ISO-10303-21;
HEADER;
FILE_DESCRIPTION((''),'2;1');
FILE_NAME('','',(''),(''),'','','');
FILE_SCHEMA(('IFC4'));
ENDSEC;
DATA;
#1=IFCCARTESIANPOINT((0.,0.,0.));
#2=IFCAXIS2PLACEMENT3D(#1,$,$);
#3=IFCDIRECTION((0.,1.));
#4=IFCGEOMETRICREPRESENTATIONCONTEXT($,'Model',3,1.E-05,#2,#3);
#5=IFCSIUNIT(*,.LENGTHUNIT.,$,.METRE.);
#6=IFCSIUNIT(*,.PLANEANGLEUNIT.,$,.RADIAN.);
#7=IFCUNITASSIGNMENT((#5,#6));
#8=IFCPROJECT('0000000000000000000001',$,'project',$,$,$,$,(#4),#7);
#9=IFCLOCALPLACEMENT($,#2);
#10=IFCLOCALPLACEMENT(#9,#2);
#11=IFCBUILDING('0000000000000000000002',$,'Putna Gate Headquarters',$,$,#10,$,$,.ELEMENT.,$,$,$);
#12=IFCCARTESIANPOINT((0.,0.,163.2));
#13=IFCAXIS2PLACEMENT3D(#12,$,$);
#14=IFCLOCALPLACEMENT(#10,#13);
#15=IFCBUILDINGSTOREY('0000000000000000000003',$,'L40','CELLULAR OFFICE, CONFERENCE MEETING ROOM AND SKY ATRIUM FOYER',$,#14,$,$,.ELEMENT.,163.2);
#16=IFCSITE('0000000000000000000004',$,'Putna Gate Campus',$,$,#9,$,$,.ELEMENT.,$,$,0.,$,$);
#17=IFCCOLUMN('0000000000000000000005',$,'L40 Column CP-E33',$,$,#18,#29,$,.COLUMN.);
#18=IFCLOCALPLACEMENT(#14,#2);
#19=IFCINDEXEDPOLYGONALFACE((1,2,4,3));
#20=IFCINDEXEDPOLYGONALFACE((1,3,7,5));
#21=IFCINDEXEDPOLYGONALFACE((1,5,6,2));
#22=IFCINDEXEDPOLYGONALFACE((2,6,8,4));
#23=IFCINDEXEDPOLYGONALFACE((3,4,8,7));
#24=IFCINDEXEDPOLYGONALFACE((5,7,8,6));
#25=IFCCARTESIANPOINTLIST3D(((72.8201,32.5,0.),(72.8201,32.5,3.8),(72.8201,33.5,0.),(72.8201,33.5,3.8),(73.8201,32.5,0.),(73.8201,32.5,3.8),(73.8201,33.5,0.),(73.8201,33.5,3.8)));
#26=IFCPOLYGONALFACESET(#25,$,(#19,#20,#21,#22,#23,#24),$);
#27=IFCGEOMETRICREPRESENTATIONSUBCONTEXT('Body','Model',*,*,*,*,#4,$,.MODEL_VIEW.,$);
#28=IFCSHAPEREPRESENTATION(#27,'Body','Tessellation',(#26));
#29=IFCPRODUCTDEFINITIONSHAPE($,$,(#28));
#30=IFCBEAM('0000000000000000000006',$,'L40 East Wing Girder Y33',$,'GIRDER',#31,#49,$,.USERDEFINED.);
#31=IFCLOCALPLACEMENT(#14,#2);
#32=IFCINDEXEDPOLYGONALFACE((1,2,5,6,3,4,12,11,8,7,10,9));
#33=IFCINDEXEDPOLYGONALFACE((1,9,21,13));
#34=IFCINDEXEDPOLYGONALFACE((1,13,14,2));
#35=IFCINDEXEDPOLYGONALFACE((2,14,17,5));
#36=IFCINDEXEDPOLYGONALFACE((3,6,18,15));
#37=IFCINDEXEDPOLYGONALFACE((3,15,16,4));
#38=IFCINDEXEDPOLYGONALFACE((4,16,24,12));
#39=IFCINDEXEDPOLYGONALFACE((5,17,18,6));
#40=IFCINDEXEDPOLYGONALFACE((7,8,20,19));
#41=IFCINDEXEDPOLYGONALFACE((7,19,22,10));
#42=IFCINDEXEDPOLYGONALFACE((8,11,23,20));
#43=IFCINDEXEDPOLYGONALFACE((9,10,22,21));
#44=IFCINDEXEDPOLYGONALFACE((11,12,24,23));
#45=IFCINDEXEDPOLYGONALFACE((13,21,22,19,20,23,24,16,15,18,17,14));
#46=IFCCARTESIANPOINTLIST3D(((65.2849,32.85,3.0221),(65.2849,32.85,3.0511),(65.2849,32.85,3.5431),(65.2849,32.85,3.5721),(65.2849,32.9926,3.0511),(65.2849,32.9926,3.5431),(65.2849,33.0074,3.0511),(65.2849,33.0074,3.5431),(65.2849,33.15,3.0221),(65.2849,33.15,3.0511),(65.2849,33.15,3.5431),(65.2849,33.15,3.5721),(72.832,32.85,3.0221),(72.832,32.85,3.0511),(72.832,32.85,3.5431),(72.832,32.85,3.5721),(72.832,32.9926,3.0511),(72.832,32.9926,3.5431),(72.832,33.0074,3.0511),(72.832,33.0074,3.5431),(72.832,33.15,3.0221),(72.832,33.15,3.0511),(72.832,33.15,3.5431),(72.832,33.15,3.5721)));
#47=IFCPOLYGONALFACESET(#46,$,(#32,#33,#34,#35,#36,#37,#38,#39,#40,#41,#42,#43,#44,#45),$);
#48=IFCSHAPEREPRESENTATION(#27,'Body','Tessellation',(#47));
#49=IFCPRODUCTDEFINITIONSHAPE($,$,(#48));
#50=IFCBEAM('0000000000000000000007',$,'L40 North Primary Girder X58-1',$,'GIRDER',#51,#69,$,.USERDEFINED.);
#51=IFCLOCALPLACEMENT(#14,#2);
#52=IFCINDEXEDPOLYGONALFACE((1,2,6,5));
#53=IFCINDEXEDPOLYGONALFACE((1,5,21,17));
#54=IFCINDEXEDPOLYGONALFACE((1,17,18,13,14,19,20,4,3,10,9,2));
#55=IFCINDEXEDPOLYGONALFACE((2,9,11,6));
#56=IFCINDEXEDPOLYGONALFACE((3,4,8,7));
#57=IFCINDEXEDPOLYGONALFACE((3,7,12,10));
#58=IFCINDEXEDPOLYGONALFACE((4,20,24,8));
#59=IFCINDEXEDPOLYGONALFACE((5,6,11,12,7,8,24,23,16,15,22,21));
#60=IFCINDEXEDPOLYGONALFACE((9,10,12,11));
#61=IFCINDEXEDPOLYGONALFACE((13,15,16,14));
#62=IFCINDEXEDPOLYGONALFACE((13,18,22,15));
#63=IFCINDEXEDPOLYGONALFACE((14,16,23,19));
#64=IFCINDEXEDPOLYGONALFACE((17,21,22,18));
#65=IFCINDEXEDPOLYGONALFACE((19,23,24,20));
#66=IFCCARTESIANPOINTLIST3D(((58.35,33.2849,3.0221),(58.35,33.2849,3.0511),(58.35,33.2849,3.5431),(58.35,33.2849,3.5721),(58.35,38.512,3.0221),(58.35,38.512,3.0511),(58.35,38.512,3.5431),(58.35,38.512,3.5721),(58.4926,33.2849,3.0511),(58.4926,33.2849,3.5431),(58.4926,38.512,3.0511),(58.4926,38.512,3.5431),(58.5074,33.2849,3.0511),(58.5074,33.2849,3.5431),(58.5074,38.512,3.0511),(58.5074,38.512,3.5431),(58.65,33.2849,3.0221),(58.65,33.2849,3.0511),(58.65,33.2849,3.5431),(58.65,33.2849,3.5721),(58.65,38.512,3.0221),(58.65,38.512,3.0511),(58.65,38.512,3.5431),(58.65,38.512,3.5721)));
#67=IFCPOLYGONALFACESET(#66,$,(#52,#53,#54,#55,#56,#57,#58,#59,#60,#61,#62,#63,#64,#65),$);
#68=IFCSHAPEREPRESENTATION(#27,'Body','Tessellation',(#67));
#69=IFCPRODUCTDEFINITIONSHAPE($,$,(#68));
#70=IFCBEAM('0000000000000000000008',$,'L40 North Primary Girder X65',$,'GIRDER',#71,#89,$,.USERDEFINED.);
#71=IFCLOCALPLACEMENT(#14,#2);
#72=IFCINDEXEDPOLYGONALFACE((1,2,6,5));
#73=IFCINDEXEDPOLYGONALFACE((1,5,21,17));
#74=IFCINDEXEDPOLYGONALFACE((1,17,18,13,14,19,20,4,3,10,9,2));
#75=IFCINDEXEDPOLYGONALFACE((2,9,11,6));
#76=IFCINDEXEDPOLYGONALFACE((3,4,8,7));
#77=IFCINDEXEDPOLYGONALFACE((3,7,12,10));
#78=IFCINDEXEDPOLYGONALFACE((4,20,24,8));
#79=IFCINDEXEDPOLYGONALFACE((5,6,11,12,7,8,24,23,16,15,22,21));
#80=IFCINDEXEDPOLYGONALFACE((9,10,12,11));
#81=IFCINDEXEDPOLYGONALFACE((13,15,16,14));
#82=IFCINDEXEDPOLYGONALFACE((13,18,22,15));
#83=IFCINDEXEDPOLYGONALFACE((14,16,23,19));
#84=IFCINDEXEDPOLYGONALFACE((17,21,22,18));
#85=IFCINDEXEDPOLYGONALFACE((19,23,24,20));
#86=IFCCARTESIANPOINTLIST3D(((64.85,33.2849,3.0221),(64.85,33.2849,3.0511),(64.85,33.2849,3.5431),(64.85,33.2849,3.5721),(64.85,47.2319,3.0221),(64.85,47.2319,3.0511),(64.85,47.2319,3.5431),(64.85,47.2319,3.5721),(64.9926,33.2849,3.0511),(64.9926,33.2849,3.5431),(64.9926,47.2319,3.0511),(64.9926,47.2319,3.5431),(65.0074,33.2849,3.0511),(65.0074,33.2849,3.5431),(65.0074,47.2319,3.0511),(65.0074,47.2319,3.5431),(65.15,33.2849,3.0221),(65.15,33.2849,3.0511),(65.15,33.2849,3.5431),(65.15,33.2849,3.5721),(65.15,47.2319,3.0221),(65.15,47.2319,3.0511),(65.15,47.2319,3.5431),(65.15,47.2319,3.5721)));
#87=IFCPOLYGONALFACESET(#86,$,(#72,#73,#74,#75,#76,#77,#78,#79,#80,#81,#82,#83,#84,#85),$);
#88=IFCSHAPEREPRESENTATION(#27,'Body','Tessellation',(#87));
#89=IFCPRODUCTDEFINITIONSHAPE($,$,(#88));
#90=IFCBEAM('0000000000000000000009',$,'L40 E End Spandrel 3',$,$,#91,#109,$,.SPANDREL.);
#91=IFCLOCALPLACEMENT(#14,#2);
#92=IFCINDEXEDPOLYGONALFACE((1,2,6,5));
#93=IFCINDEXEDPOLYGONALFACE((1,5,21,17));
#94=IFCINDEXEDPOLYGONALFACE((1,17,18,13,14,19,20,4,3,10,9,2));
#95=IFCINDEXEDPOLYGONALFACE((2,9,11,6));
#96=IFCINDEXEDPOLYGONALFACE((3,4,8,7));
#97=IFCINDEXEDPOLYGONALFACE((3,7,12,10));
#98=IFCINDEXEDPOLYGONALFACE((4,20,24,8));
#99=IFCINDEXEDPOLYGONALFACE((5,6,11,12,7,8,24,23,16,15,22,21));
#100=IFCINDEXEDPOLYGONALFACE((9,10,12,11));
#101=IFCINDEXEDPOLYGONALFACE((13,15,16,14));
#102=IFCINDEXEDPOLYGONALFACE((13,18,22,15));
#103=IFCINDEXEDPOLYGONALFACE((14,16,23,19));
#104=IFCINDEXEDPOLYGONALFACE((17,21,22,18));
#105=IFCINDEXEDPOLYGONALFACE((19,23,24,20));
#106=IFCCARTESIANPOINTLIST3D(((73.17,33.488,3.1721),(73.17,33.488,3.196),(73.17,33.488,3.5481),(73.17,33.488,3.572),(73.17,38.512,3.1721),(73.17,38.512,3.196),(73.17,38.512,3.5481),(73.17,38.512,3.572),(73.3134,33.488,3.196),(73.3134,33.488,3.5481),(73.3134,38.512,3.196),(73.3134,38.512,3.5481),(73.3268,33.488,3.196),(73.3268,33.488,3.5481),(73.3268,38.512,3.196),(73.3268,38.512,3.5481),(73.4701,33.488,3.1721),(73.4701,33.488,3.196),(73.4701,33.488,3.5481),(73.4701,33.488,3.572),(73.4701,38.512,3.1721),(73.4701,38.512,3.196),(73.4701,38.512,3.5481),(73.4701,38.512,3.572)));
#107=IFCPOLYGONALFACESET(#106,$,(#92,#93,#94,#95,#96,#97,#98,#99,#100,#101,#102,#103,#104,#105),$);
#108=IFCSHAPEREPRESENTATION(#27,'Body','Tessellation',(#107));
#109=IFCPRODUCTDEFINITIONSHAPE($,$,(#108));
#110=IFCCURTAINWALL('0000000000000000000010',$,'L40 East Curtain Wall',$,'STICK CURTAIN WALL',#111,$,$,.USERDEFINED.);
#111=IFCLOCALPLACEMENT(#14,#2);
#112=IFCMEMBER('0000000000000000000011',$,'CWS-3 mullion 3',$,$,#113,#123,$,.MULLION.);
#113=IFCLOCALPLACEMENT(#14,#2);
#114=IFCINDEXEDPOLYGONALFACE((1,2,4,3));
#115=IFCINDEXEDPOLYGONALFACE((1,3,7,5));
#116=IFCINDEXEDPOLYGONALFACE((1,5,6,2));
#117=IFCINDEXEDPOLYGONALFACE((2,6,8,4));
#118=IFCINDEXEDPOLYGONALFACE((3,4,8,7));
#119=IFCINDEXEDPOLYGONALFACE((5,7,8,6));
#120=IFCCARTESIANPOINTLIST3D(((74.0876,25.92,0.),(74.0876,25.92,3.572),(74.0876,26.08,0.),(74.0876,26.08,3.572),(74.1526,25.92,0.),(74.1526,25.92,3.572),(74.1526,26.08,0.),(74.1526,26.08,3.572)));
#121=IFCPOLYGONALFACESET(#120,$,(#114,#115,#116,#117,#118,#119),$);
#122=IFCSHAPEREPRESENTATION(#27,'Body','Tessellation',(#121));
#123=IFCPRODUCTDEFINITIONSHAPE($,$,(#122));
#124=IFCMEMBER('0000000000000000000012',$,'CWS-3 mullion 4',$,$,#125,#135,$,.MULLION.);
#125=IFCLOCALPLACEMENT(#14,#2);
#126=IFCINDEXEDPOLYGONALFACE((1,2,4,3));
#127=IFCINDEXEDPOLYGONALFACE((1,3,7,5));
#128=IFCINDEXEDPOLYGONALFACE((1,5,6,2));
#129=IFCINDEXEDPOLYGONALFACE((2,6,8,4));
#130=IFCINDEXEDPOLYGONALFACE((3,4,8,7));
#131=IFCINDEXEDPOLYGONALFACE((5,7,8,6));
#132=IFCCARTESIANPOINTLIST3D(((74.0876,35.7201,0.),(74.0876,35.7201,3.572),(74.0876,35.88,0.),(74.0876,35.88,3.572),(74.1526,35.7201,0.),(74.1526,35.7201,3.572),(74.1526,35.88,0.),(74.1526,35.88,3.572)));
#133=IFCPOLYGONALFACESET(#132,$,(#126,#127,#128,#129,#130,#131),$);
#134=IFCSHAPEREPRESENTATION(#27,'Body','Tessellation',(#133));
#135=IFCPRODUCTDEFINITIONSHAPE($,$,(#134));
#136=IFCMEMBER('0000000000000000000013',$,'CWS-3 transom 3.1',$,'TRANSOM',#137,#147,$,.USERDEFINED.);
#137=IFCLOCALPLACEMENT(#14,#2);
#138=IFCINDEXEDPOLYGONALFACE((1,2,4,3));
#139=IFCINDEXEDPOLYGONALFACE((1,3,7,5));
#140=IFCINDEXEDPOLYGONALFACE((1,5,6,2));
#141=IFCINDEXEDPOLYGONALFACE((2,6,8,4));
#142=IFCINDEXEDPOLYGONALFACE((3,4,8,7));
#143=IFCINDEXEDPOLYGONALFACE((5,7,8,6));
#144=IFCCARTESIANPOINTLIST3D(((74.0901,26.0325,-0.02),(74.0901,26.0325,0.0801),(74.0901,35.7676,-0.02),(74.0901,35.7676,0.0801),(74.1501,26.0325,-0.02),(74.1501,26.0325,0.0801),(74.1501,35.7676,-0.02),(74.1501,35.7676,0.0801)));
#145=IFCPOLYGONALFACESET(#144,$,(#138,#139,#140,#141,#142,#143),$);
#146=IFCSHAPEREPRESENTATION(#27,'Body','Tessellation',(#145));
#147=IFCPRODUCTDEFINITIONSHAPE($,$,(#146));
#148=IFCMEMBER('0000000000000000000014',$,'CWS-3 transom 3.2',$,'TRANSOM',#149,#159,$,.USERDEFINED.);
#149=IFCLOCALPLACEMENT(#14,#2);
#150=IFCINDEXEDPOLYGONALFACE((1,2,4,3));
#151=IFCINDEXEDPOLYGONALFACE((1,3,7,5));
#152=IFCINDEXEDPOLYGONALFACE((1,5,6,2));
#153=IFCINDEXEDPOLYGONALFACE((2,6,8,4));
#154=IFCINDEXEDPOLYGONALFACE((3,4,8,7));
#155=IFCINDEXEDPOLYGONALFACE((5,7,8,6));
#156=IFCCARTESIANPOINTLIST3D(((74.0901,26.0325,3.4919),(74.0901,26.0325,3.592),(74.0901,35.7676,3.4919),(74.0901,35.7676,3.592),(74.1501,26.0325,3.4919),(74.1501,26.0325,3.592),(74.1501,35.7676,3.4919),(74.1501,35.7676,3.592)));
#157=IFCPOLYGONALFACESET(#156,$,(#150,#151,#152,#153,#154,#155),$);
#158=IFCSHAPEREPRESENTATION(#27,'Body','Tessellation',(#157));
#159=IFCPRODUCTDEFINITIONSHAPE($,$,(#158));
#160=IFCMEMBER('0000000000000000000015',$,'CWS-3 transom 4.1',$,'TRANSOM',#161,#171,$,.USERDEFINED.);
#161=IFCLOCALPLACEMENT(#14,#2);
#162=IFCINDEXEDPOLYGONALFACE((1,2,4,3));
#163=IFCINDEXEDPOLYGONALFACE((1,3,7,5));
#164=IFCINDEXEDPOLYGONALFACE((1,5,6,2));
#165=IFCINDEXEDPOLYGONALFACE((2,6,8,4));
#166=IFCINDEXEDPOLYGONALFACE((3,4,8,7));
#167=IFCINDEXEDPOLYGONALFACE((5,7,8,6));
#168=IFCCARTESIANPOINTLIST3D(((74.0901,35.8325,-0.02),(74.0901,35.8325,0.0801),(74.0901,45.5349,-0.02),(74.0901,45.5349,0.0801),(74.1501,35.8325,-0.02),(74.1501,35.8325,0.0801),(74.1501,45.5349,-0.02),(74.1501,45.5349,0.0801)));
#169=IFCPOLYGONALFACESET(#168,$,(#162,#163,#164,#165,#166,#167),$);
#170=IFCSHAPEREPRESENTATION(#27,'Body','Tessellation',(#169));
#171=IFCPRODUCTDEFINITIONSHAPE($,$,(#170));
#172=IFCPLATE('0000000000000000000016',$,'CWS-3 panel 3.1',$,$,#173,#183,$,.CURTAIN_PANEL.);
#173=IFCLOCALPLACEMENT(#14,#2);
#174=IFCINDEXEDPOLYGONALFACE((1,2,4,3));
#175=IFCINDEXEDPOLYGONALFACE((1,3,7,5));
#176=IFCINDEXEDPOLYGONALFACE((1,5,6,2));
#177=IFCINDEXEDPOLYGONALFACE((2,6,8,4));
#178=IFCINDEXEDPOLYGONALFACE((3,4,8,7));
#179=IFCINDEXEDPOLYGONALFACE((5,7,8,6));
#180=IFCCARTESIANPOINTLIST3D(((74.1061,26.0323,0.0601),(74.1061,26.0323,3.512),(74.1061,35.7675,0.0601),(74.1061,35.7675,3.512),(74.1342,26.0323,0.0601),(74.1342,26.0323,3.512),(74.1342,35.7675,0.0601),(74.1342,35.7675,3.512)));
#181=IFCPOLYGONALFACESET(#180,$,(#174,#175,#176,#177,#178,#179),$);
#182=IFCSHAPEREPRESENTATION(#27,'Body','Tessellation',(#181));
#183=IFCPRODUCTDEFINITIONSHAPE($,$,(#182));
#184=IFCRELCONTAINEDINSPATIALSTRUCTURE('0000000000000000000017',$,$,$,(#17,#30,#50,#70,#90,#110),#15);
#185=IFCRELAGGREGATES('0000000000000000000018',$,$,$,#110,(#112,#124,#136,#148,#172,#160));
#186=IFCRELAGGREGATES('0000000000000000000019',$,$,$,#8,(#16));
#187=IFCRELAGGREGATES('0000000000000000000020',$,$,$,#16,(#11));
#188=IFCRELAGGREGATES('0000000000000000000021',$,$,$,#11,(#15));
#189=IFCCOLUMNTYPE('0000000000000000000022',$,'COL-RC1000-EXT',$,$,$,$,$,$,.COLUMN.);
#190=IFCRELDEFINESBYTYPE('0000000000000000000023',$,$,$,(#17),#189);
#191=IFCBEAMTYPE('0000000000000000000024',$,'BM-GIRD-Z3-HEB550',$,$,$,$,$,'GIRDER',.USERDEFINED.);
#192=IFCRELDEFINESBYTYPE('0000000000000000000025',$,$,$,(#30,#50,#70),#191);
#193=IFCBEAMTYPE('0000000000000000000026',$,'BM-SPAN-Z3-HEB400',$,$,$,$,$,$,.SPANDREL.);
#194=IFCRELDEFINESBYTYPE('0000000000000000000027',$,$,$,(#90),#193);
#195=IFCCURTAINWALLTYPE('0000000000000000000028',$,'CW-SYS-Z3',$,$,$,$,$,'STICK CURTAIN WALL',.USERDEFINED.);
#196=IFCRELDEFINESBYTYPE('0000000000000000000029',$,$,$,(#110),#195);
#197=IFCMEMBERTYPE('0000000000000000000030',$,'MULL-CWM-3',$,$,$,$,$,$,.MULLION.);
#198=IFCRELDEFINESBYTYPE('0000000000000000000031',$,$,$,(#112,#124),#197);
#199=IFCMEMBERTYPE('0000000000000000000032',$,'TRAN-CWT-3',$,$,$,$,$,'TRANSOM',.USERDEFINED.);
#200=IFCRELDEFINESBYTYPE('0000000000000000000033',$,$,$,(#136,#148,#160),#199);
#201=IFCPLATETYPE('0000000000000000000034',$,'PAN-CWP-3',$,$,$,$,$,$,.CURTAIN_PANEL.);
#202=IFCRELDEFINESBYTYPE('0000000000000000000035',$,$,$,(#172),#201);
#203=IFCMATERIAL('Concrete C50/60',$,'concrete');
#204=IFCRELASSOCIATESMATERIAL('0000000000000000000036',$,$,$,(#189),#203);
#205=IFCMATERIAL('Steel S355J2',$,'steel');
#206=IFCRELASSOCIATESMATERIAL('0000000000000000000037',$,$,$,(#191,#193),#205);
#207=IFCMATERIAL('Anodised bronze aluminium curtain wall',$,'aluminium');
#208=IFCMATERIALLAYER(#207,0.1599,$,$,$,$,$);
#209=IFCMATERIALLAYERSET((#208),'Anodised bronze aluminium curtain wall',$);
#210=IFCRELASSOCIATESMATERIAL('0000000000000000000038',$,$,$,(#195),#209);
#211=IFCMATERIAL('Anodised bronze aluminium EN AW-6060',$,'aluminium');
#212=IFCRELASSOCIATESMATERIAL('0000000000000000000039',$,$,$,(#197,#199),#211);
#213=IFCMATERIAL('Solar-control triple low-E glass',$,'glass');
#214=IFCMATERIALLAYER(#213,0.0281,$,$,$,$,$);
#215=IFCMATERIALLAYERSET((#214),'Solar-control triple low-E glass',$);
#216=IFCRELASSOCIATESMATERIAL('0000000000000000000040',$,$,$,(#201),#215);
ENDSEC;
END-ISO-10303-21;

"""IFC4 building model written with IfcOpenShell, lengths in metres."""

from ifc_helpers import new_model, si_unit, direction, frame, origin, origin_2d, place, context, subcontext, project, spatial, rectangle, i_section, extrude, material, layer, layer_set, material_profile, profile_set, type_object, element, aggregate, save


model = new_model("IFC4")

# Units and contexts
model_context = context("Model", 3, precision=1e-05, world=origin(), true_north=direction((0.0, 1.0)))
body_context = subcontext(model_context, "Body", "Model", "MODEL_VIEW")
ifc_project = project(units=[si_unit("LENGTHUNIT", "METRE"), si_unit("PLANEANGLEUNIT", "RADIAN")], contexts=[model_context])

# Site, building, storey
site_placement = place(None, origin())
site = spatial("IfcSite", under=ifc_project, at=site_placement, Name="Putna Gate Campus", CompositionType="ELEMENT", RefElevation=0.0)
building_placement = place(site_placement, origin())
building = spatial("IfcBuilding", under=site, at=building_placement, Name="Putna Gate Headquarters", CompositionType="ELEMENT")
storey_placement = place(building_placement, frame((0.0, 0.0, 163.2)))
storey = spatial("IfcBuildingStorey", under=building, at=storey_placement, Name="L40", Description="CELLULAR OFFICE, CONFERENCE MEETING ROOM AND SKY ATRIUM FOYER", CompositionType="ELEMENT", Elevation=163.2)

# Column
ifc_material_1 = material(Name="Concrete C50/60", Category="concrete")
ifc_material_profile_1 = material_profile(ifc_material_1, rectangle(XDim=1.0, YDim=1.0, at=origin_2d()), Name="Concrete C50/60")
ifc_profile_set_1 = profile_set([ifc_material_profile_1], Name="Concrete C50/60")
column_type = type_object("IfcColumnType", Name="COL-RC1000-EXT", PredefinedType="COLUMN", material=ifc_profile_set_1)
column_placement = place(storey_placement, frame((73.3201, 33.0, 0.0), z_axis=(0.0, 0.0, 1.0), x_axis=(1.0, 0.0, 0.0)))
element("IfcColumn", 1, at=column_placement, inside=storey, type_object=column_type, Name="L40 Column CP-E33", PredefinedType="COLUMN", context=body_context, shape_type="SweptSolid", body=[
    extrude(rectangle(XDim=1.0, YDim=1.0, at=origin_2d()), origin(), (0.0, 0.0, 1.0), 3.8),
])

# Beams
ifc_material_2 = material(Name="Steel S355J2", Category="steel")
ifc_material_profile_2 = material_profile(ifc_material_2, i_section(OverallWidth=0.3, OverallDepth=0.55, WebThickness=0.0149, FlangeThickness=0.0291, at=origin_2d()), Name="Steel S355J2")
ifc_profile_set_2 = profile_set([ifc_material_profile_2], Name="Steel S355J2")
beam_type_1 = type_object("IfcBeamType", Name="BM-GIRD-Z3-HEB550", ElementType="GIRDER", PredefinedType="USERDEFINED", material=ifc_profile_set_2)
beam_1_placement = place(storey_placement, frame((65.2849, 33.0, 3.2971), z_axis=(1.0, 0.0, 0.0), x_axis=(0.0, 1.0, 0.0)))
element("IfcBeam", 2, at=beam_1_placement, inside=storey, type_object=beam_type_1, Name="L40 East Wing Girder Y33", ObjectType="GIRDER", PredefinedType="USERDEFINED", context=body_context, shape_type="SweptSolid", body=[
    extrude(i_section(OverallWidth=0.3, OverallDepth=0.55, WebThickness=0.0149, FlangeThickness=0.0291, at=origin_2d()), origin(), (0.0, 0.0, 1.0), 7.5471),
])
beam_2_placement = place(storey_placement, frame((58.5, 33.2849, 3.2971), z_axis=(0.0, 1.0, 0.0), x_axis=(-1.0, 0.0, 0.0)))
element("IfcBeam", 3, at=beam_2_placement, inside=storey, type_object=beam_type_1, Name="L40 North Primary Girder X58-1", ObjectType="GIRDER", PredefinedType="USERDEFINED", context=body_context, shape_type="SweptSolid", body=[
    extrude(i_section(OverallWidth=0.3, OverallDepth=0.55, WebThickness=0.0149, FlangeThickness=0.0291, at=origin_2d()), origin(), (0.0, 0.0, 1.0), 5.2271),
])
beam_3_placement = place(storey_placement, frame((65.0, 33.2849, 3.2971), z_axis=(0.0, 1.0, 0.0), x_axis=(-1.0, 0.0, 0.0)))
element("IfcBeam", 4, at=beam_3_placement, inside=storey, type_object=beam_type_1, Name="L40 North Primary Girder X65", ObjectType="GIRDER", PredefinedType="USERDEFINED", context=body_context, shape_type="SweptSolid", body=[
    extrude(i_section(OverallWidth=0.3, OverallDepth=0.55, WebThickness=0.0149, FlangeThickness=0.0291, at=origin_2d()), origin(), (0.0, 0.0, 1.0), 13.947),
])
ifc_material_profile_3 = material_profile(ifc_material_2, i_section(OverallWidth=0.3, OverallDepth=0.3999, WebThickness=0.0134, FlangeThickness=0.0239, at=origin_2d()), Name="Steel S355J2")
ifc_profile_set_3 = profile_set([ifc_material_profile_3], Name="Steel S355J2")
beam_type_2 = type_object("IfcBeamType", Name="BM-SPAN-Z3-HEB400", PredefinedType="SPANDREL", material=ifc_profile_set_3)
beam_4_placement = place(storey_placement, frame((73.3201, 33.488, 3.3721), z_axis=(0.0, 1.0, 0.0), x_axis=(-1.0, 0.0, 0.0)))
element("IfcBeam", 5, at=beam_4_placement, inside=storey, type_object=beam_type_2, Name="L40 E End Spandrel 3", PredefinedType="SPANDREL", context=body_context, shape_type="SweptSolid", body=[
    extrude(i_section(OverallWidth=0.3, OverallDepth=0.3999, WebThickness=0.0134, FlangeThickness=0.0239, at=origin_2d()), origin(), (0.0, 0.0, 1.0), 5.0239),
])

# Curtain wall, members, plate
ifc_material_3 = material(Name="Anodised bronze aluminium curtain wall", Category="aluminium")
ifc_layer_1 = layer(ifc_material_3, 0.1599)
ifc_layer_set_1 = layer_set([ifc_layer_1], Name="Anodised bronze aluminium curtain wall")
curtain_wall_type = type_object("IfcCurtainWallType", Name="CW-SYS-Z3", ElementType="STICK CURTAIN WALL", PredefinedType="USERDEFINED", material=ifc_layer_set_1)
curtain_wall_placement = place(storey_placement, origin())
curtain_wall = element("IfcCurtainWall", 6, at=curtain_wall_placement, inside=storey, type_object=curtain_wall_type, Name="L40 East Curtain Wall", ObjectType="STICK CURTAIN WALL", PredefinedType="USERDEFINED")
ifc_material_4 = material(Name="Anodised bronze aluminium EN AW-6060", Category="aluminium")
ifc_material_profile_4 = material_profile(ifc_material_4, rectangle(XDim=0.0649, YDim=0.1599, at=origin_2d()), Name="Anodised bronze aluminium EN AW-6060")
ifc_profile_set_4 = profile_set([ifc_material_profile_4], Name="Anodised bronze aluminium EN AW-6060")
member_type_1 = type_object("IfcMemberType", Name="MULL-CWM-3", PredefinedType="MULLION", material=ifc_profile_set_4)
member_1_placement = place(storey_placement, frame((74.1201, 26.0, 0.0), z_axis=(0.0, 0.0, 1.0), x_axis=(-1.0, 0.0, 0.0)))
member_1 = element("IfcMember", 7, at=member_1_placement, type_object=member_type_1, Name="CWS-3 mullion 3", PredefinedType="MULLION", context=body_context, shape_type="SweptSolid", body=[
    extrude(rectangle(XDim=0.0649, YDim=0.1599, at=origin_2d()), origin(), (0.0, 0.0, 1.0), 3.572),
])
member_2_placement = place(storey_placement, frame((74.1201, 35.8, 0.0), z_axis=(0.0, 0.0, 1.0), x_axis=(-1.0, 0.0, 0.0)))
member_2 = element("IfcMember", 8, at=member_2_placement, type_object=member_type_1, Name="CWS-3 mullion 4", PredefinedType="MULLION", context=body_context, shape_type="SweptSolid", body=[
    extrude(rectangle(XDim=0.0649, YDim=0.1599, at=origin_2d()), origin(), (0.0, 0.0, 1.0), 3.572),
])
ifc_material_profile_5 = material_profile(ifc_material_4, rectangle(XDim=0.0601, YDim=0.1001, at=origin_2d()), Name="Anodised bronze aluminium EN AW-6060")
ifc_profile_set_5 = profile_set([ifc_material_profile_5], Name="Anodised bronze aluminium EN AW-6060")
member_type_2 = type_object("IfcMemberType", Name="TRAN-CWT-3", ElementType="TRANSOM", PredefinedType="USERDEFINED", material=ifc_profile_set_5)
member_3_placement = place(storey_placement, frame((74.1201, 26.0325, 0.03), z_axis=(0.0, 1.0, 0.0), x_axis=(-1.0, 0.0, 0.0)))
member_3 = element("IfcMember", 9, at=member_3_placement, type_object=member_type_2, Name="CWS-3 transom 3.1", ObjectType="TRANSOM", PredefinedType="USERDEFINED", context=body_context, shape_type="SweptSolid", body=[
    extrude(rectangle(XDim=0.0601, YDim=0.1001, at=origin_2d()), origin(), (0.0, 0.0, 1.0), 9.7351),
])
member_4_placement = place(storey_placement, frame((74.1201, 26.0325, 3.542), z_axis=(0.0, 1.0, 0.0), x_axis=(-1.0, 0.0, 0.0)))
member_4 = element("IfcMember", 10, at=member_4_placement, type_object=member_type_2, Name="CWS-3 transom 3.2", ObjectType="TRANSOM", PredefinedType="USERDEFINED", context=body_context, shape_type="SweptSolid", body=[
    extrude(rectangle(XDim=0.0601, YDim=0.1001, at=origin_2d()), origin(), (0.0, 0.0, 1.0), 9.7351),
])
member_5_placement = place(storey_placement, frame((74.1201, 35.8325, 0.03), z_axis=(0.0, 1.0, 0.0), x_axis=(-1.0, 0.0, 0.0)))
member_5 = element("IfcMember", 11, at=member_5_placement, type_object=member_type_2, Name="CWS-3 transom 4.1", ObjectType="TRANSOM", PredefinedType="USERDEFINED", context=body_context, shape_type="SweptSolid", body=[
    extrude(rectangle(XDim=0.0601, YDim=0.1001, at=origin_2d()), origin(), (0.0, 0.0, 1.0), 9.7024),
])
ifc_material_5 = material(Name="Solar-control triple low-E glass", Category="glass")
ifc_layer_2 = layer(ifc_material_5, 0.0281)
ifc_layer_set_2 = layer_set([ifc_layer_2], Name="Solar-control triple low-E glass")
plate_type = type_object("IfcPlateType", Name="PAN-CWP-3", PredefinedType="CURTAIN_PANEL", material=ifc_layer_set_2)
plate_placement = place(storey_placement, frame((74.1201, 30.8999, 0.0601), z_axis=(0.0, 0.0, 1.0), x_axis=(0.0, 1.0, 0.0)))
plate = element("IfcPlate", 12, at=plate_placement, type_object=plate_type, Name="CWS-3 panel 3.1", PredefinedType="CURTAIN_PANEL", context=body_context, shape_type="SweptSolid", body=[
    extrude(rectangle(XDim=9.7351, YDim=0.0281, at=origin_2d()), origin(), (0.0, 0.0, 1.0), 3.4519),
])
aggregate(curtain_wall, [member_1, member_2, member_3, member_4, plate, member_5])

save(model, "model.ifc")
